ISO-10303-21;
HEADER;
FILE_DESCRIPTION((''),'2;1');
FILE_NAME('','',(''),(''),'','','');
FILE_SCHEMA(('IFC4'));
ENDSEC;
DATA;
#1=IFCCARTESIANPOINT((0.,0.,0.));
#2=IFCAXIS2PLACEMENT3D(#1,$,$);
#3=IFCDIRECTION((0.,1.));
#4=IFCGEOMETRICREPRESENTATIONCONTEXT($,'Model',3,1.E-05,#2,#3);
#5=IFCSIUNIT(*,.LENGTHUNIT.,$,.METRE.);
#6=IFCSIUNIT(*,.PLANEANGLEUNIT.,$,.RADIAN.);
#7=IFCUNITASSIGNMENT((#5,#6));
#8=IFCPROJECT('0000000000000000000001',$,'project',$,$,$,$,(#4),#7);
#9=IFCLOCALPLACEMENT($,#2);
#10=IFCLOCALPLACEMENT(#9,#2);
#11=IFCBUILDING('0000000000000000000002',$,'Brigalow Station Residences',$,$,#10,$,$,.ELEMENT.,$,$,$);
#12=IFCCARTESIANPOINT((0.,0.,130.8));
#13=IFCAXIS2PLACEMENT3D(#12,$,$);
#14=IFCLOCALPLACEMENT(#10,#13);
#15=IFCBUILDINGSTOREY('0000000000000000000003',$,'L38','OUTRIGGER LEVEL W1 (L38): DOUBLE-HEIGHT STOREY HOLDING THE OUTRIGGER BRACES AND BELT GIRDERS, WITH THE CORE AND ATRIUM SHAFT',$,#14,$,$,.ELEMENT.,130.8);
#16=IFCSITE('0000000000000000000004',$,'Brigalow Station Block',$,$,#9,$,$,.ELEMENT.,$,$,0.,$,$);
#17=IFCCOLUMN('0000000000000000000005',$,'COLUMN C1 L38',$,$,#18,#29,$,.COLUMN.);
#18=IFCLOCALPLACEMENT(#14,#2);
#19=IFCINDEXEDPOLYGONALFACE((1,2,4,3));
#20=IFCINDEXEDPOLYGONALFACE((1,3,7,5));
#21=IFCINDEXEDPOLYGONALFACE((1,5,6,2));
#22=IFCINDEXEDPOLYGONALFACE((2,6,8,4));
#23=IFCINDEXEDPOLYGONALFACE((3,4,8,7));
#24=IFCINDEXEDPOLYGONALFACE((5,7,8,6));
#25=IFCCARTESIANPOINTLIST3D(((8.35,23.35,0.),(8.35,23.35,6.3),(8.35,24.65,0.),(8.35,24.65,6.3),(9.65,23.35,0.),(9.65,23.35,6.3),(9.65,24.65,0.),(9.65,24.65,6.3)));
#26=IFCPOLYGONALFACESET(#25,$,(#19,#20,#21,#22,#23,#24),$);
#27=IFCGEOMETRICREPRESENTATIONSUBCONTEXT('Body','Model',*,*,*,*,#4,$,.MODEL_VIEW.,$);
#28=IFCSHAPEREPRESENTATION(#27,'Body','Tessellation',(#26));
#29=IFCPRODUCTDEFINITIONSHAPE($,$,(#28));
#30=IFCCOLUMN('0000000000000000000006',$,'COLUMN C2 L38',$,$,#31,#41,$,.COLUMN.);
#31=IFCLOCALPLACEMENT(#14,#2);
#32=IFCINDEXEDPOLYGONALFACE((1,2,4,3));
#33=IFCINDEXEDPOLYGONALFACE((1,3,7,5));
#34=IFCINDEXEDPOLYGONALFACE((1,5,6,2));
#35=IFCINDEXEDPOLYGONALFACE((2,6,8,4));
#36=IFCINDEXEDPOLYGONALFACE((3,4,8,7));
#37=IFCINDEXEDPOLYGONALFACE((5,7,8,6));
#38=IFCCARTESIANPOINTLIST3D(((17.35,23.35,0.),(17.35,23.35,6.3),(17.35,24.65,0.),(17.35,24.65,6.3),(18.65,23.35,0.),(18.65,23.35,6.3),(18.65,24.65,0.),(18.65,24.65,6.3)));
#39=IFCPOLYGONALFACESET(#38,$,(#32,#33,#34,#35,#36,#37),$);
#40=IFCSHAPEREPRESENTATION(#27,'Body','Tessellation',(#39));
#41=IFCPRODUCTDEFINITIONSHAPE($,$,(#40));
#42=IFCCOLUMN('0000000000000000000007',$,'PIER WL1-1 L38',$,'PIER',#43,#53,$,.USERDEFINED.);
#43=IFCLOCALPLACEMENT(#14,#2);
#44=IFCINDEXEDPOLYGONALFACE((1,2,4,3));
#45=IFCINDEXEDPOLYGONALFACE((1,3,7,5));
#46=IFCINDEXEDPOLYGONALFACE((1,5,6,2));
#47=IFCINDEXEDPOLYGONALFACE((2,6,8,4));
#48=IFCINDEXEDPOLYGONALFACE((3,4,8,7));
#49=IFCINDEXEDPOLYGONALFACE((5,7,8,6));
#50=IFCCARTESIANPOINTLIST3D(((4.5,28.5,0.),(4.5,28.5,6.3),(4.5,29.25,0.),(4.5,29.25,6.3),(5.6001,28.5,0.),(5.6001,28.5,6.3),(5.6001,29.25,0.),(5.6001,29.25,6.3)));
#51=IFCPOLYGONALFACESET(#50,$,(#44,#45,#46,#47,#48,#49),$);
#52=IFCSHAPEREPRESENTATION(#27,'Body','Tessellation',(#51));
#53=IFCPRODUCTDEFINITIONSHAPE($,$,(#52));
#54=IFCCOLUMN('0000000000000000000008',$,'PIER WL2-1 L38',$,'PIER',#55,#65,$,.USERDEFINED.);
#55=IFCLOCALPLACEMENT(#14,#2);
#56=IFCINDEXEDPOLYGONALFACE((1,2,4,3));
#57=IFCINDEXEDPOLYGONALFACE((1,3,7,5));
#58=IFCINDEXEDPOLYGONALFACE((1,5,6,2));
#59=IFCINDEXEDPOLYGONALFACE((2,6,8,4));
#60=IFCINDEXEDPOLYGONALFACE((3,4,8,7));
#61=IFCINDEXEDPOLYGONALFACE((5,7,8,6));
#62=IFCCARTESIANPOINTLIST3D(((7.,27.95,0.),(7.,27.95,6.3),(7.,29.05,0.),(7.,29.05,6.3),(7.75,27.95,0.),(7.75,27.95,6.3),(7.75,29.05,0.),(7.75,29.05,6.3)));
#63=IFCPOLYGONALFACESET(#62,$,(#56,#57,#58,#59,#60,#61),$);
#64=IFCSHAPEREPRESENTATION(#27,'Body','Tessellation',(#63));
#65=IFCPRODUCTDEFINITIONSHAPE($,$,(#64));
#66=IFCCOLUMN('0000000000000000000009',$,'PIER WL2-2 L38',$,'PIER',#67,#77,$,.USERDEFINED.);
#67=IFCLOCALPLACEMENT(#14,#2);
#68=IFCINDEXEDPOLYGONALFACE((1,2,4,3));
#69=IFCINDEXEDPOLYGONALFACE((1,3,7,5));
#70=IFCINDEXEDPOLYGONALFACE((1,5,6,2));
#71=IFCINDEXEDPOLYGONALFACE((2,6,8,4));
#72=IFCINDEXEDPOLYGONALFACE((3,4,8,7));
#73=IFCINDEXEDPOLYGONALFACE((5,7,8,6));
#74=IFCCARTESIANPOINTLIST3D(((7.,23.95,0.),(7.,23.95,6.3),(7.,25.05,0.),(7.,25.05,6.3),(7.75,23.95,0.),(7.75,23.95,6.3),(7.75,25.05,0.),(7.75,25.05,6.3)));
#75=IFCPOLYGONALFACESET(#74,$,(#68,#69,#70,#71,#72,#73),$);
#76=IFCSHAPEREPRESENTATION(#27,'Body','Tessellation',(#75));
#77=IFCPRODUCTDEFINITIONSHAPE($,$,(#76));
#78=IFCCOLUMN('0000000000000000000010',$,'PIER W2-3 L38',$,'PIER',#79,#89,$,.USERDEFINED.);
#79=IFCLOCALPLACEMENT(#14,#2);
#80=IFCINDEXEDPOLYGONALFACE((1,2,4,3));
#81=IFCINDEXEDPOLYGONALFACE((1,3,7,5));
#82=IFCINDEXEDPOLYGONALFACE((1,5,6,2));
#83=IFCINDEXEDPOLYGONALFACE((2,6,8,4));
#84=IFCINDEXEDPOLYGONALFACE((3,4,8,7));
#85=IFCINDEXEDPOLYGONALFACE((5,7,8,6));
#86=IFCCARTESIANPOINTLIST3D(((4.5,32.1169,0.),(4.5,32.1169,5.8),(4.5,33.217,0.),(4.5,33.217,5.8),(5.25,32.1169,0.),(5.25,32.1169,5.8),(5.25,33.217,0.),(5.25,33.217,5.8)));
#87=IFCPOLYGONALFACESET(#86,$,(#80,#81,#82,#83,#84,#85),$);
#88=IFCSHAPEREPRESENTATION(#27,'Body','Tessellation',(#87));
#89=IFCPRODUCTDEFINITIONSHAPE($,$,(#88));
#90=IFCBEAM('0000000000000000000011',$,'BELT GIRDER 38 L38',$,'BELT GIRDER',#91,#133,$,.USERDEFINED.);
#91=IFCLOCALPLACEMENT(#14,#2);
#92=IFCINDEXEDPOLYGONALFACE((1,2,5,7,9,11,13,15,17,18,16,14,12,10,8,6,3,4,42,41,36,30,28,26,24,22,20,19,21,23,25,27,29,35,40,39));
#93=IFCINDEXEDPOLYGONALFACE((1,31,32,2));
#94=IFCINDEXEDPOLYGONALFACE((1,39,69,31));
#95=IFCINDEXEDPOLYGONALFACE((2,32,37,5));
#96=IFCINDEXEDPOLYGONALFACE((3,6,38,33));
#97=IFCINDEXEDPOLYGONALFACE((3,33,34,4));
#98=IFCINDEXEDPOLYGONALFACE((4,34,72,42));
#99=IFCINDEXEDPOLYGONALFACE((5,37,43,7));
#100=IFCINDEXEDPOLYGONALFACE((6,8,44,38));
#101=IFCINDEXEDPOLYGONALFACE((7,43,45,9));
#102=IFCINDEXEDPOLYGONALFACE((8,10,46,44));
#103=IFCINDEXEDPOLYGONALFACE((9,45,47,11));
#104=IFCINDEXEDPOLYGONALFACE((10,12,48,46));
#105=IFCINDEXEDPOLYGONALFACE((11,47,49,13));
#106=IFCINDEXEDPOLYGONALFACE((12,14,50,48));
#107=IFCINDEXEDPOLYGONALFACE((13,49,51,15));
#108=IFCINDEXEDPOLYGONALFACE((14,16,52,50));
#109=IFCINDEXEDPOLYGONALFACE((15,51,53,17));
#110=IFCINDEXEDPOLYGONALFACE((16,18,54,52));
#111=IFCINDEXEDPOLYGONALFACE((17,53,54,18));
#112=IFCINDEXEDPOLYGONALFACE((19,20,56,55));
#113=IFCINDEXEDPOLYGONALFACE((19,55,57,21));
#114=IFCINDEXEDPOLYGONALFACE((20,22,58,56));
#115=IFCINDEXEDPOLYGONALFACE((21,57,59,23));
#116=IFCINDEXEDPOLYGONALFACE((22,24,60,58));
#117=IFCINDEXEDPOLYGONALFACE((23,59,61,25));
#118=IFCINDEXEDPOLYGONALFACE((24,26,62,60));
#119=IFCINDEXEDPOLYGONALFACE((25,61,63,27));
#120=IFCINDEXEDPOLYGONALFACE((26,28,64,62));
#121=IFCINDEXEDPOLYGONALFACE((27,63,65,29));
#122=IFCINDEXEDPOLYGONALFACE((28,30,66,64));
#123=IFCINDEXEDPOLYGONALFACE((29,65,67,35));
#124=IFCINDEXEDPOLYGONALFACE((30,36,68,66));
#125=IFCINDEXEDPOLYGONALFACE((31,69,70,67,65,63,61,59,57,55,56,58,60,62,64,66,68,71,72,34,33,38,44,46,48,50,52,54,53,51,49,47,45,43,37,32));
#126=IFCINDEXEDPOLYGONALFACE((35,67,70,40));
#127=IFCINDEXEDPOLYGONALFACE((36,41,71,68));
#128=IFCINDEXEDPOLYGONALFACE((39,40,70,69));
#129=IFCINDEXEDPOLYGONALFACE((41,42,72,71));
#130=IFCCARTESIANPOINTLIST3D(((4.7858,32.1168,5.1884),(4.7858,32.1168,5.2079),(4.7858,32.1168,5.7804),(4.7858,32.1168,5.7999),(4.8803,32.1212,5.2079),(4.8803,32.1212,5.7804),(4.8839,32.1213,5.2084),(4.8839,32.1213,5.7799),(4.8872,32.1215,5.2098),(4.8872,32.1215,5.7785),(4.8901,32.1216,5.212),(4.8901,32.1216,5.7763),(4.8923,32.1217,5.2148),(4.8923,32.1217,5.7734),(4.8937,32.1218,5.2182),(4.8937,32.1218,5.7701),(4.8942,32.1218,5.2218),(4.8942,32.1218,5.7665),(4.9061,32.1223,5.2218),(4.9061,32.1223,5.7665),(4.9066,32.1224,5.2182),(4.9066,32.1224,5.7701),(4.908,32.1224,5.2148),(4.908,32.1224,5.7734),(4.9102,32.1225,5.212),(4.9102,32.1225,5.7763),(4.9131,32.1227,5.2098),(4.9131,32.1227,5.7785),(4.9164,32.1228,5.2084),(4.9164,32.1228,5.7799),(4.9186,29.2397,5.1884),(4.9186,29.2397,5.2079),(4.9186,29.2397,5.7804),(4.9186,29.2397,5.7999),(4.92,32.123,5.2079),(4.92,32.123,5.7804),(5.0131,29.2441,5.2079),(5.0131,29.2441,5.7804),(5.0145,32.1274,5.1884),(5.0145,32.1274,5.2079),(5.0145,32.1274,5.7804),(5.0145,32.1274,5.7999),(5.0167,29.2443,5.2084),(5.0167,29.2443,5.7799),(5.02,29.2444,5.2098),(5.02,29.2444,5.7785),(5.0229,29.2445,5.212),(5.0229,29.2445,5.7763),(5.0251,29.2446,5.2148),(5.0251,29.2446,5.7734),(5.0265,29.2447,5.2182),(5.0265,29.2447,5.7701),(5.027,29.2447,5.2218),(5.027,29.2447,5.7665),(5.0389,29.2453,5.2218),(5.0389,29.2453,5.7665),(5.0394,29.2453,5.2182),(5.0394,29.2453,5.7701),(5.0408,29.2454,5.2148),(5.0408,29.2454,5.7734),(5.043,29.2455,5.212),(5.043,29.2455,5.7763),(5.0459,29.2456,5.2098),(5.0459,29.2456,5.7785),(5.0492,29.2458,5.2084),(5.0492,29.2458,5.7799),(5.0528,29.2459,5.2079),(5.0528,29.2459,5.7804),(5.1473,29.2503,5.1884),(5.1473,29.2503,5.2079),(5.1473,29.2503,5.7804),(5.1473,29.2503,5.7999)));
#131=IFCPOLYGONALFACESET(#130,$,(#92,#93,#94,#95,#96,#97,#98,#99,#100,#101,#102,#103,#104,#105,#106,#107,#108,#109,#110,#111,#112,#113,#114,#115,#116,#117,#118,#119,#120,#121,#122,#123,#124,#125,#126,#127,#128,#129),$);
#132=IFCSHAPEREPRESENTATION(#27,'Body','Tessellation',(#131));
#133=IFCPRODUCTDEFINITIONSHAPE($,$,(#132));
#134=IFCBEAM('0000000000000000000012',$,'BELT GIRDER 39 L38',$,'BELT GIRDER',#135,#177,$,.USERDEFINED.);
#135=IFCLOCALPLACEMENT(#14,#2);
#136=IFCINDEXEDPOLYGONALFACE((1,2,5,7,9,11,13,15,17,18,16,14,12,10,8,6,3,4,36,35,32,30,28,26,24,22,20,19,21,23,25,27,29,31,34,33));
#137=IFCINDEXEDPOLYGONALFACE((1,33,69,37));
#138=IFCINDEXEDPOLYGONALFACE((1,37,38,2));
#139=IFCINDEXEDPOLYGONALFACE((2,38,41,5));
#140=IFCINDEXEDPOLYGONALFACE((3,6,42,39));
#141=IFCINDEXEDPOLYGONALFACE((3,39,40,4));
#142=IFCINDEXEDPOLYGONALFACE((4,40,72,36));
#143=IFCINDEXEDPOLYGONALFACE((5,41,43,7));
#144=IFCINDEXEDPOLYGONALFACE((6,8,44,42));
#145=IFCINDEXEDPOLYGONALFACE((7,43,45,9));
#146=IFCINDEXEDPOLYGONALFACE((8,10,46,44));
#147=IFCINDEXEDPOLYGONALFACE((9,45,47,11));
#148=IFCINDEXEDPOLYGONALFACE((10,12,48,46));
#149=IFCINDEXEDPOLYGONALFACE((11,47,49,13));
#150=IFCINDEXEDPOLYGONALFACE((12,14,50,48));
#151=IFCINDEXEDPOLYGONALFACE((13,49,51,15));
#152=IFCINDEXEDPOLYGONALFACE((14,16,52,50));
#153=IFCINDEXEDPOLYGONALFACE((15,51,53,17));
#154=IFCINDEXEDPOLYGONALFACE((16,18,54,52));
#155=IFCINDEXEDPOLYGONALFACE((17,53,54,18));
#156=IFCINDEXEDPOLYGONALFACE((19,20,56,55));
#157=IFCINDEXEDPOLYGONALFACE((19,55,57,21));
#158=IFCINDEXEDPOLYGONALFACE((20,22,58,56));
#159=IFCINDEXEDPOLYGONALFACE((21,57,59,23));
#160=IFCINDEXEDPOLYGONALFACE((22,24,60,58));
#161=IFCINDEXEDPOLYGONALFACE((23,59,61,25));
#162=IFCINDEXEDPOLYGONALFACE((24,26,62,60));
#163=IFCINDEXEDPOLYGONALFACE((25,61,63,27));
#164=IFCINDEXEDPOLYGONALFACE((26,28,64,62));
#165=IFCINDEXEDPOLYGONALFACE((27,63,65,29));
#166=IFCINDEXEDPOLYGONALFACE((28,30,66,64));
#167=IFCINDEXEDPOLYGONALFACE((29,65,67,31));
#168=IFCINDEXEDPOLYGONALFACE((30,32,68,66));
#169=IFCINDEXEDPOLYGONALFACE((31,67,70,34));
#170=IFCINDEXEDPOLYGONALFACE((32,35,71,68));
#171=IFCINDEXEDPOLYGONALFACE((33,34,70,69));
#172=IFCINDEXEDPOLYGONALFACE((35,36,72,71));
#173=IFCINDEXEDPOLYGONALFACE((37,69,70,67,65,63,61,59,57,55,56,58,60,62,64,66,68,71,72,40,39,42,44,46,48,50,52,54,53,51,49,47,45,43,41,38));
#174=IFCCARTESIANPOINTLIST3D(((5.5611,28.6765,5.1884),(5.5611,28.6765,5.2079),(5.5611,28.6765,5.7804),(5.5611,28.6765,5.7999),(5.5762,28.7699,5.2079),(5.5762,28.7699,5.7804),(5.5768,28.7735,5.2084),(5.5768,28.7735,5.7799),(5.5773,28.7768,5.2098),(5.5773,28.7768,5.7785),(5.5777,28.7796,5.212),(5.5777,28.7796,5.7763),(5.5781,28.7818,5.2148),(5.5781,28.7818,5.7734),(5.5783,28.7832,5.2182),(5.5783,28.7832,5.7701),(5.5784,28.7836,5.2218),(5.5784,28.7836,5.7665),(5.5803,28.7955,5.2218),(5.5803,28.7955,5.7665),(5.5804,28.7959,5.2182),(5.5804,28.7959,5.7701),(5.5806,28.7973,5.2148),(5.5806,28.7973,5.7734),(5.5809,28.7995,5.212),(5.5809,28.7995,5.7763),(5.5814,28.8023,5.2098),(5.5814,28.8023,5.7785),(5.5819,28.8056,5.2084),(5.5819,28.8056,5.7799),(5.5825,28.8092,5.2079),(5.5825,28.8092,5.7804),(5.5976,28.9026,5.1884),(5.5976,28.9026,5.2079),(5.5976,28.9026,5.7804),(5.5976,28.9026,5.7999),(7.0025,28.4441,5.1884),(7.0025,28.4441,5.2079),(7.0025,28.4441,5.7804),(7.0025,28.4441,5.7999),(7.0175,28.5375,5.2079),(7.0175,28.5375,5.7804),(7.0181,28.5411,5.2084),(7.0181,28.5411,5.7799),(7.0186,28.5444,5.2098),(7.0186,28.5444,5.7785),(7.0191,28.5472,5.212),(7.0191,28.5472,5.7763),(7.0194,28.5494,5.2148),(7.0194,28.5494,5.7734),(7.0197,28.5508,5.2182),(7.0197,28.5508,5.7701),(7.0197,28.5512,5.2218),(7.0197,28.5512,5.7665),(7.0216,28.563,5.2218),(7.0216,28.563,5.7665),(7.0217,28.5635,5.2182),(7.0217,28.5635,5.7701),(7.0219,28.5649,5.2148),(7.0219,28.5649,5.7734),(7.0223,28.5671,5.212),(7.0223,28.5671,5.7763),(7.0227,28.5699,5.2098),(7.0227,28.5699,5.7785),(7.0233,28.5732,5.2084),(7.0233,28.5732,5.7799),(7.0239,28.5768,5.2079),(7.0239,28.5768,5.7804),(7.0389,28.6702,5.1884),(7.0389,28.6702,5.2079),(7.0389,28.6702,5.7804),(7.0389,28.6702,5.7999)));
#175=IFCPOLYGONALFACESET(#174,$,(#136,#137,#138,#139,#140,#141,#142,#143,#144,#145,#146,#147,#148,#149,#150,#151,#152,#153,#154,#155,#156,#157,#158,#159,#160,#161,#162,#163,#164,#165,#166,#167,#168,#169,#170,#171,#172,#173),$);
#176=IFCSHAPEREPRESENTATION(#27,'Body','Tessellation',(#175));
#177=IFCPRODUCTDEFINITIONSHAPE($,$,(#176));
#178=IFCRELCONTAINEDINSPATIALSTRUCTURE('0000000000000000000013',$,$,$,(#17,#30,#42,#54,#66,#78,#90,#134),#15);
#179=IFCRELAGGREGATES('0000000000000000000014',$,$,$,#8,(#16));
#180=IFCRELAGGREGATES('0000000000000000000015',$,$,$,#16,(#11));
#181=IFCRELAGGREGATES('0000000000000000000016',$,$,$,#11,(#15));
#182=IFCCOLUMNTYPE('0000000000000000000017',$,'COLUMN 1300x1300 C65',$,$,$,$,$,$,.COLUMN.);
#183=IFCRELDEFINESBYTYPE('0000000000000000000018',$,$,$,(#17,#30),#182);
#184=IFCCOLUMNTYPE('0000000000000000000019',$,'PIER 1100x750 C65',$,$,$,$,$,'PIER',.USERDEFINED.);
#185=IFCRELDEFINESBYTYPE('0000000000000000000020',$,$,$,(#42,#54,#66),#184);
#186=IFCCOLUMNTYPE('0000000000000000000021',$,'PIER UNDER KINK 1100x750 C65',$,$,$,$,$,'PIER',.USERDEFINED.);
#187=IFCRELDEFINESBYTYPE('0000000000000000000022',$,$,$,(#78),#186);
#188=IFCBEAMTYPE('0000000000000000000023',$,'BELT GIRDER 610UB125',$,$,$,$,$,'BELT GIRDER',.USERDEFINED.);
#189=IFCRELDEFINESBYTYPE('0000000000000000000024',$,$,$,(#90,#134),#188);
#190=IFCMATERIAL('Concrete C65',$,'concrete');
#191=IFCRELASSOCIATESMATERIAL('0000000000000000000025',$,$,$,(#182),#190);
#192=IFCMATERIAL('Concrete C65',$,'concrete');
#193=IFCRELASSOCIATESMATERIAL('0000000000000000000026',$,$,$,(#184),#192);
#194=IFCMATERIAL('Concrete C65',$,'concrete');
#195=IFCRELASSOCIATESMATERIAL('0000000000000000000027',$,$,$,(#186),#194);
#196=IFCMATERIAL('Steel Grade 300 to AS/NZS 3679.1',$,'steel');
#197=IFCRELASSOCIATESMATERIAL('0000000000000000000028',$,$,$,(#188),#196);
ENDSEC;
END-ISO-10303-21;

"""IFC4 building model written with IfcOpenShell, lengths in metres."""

from ifc_helpers import new_model, si_unit, direction, frame, origin, origin_2d, place, context, subcontext, project, spatial, rectangle, i_section, extrude, material, material_profile, profile_set, type_object, element, save


model = new_model("IFC4")

# Units and contexts
model_context = context("Model", 3, precision=1e-05, world=origin(), true_north=direction((0.0, 1.0)))
body_context = subcontext(model_context, "Body", "Model", "MODEL_VIEW")
ifc_project = project(units=[si_unit("LENGTHUNIT", "METRE"), si_unit("PLANEANGLEUNIT", "RADIAN")], contexts=[model_context])

# Site, building, storey
site_placement = place(None, origin())
site = spatial("IfcSite", under=ifc_project, at=site_placement, Name="Brigalow Station Block", CompositionType="ELEMENT", RefElevation=0.0)
building_placement = place(site_placement, origin())
building = spatial("IfcBuilding", under=site, at=building_placement, Name="Brigalow Station Residences", CompositionType="ELEMENT")
storey_placement = place(building_placement, frame((0.0, 0.0, 130.8)))
storey = spatial("IfcBuildingStorey", under=building, at=storey_placement, Name="L38", Description="OUTRIGGER LEVEL W1 (L38): DOUBLE-HEIGHT STOREY HOLDING THE OUTRIGGER BRACES AND BELT GIRDERS, WITH THE CORE AND ATRIUM SHAFT", CompositionType="ELEMENT", Elevation=130.8)

# Columns
ifc_material_1 = material(Name="Concrete C65", Category="concrete")
ifc_material_profile_1 = material_profile(ifc_material_1, rectangle(XDim=1.3, YDim=1.3, at=origin_2d()), Name="RC1300x1300")
ifc_profile_set_1 = profile_set([ifc_material_profile_1], Name="Concrete C65")
column_type_1 = type_object("IfcColumnType", Name="COLUMN 1300x1300 C65", PredefinedType="COLUMN", material=ifc_profile_set_1)
for number, where, z_axis, x_axis, name in (
    (1, (9.0, 24.0, 0.0), (0.0, 0.0, 1.0), (1.0, 0.0, 0.0), "COLUMN C1 L38"),
    (2, (18.0, 24.0, 0.0), (0.0, 0.0, 1.0), (1.0, 0.0, 0.0), "COLUMN C2 L38"),
):
    element("IfcColumn", number, at=place(storey_placement, frame(where, z_axis=z_axis, x_axis=x_axis)), inside=storey, type_object=column_type_1, Name=name, PredefinedType="COLUMN", context=body_context, shape_type="SweptSolid", body=[
        extrude(rectangle(XDim=1.3, YDim=1.3, at=origin_2d()), origin(), (0.0, 0.0, 1.0), 6.3),
    ])
ifc_material_2 = material(Name="Concrete C65", Category="concrete")
ifc_material_profile_2 = material_profile(ifc_material_2, rectangle(XDim=1.1001, YDim=0.75, at=origin_2d()), Name="RC1100x750")
ifc_profile_set_2 = profile_set([ifc_material_profile_2], Name="Concrete C65")
column_type_2 = type_object("IfcColumnType", Name="PIER 1100x750 C65", ElementType="PIER", PredefinedType="USERDEFINED", material=ifc_profile_set_2)
for number, where, z_axis, x_axis, name in (
    (3, (5.05, 28.875, 0.0), (0.0, 0.0, 1.0), (1.0, 0.0, 0.0), "PIER WL1-1 L38"),
    (4, (7.375, 28.5, 0.0), (0.0, 0.0, 1.0), (0.0, -1.0, 0.0), "PIER WL2-1 L38"),
    (5, (7.375, 24.5, 0.0), (0.0, 0.0, 1.0), (0.0, -1.0, 0.0), "PIER WL2-2 L38"),
):
    element("IfcColumn", number, at=place(storey_placement, frame(where, z_axis=z_axis, x_axis=x_axis)), inside=storey, type_object=column_type_2, Name=name, ObjectType="PIER", PredefinedType="USERDEFINED", context=body_context, shape_type="SweptSolid", body=[
        extrude(rectangle(XDim=1.1001, YDim=0.75, at=origin_2d()), origin(), (0.0, 0.0, 1.0), 6.3),
    ])
ifc_material_3 = material(Name="Concrete C65", Category="concrete")
ifc_material_profile_3 = material_profile(ifc_material_3, rectangle(XDim=1.1001, YDim=0.75, at=origin_2d()), Name="RC1100x750")
ifc_profile_set_3 = profile_set([ifc_material_profile_3], Name="Concrete C65")
column_type_3 = type_object("IfcColumnType", Name="PIER UNDER KINK 1100x750 C65", ElementType="PIER", PredefinedType="USERDEFINED", material=ifc_profile_set_3)
column_placement = place(storey_placement, frame((4.875, 32.667, 0.0), z_axis=(0.0, 0.0, 1.0), x_axis=(0.0, -1.0, 0.0)))
element("IfcColumn", 6, at=column_placement, inside=storey, type_object=column_type_3, Name="PIER W2-3 L38", ObjectType="PIER", PredefinedType="USERDEFINED", context=body_context, shape_type="SweptSolid", body=[
    extrude(rectangle(XDim=1.1001, YDim=0.75, at=origin_2d()), origin(), (0.0, 0.0, 1.0), 5.8),
])

# Beams
ifc_material_4 = material(Name="Steel Grade 300 to AS/NZS 3679.1", Category="steel")
ifc_material_profile_4 = material_profile(ifc_material_4, i_section(OverallWidth=0.229, OverallDepth=0.6116, WebThickness=0.012, FlangeThickness=0.0195, FilletRadius=0.0139, at=origin_2d()), Name="610UB125")
ifc_profile_set_4 = profile_set([ifc_material_profile_4], Name="Steel Grade 300 to AS/NZS 3679.1")
beam_type = type_object("IfcBeamType", Name="BELT GIRDER 610UB125", ElementType="BELT GIRDER", PredefinedType="USERDEFINED", material=ifc_profile_set_4)
beam_1_placement = place(storey_placement, frame((4.9001, 32.1221, 5.4941), z_axis=(0.046115, -0.998936, 0.0), x_axis=(0.998936, 0.046115, 0.0)))
element("IfcBeam", 7, at=beam_1_placement, inside=storey, type_object=beam_type, Name="BELT GIRDER 38 L38", ObjectType="BELT GIRDER", PredefinedType="USERDEFINED", context=body_context, shape_type="SweptSolid", body=[
    extrude(i_section(OverallWidth=0.229, OverallDepth=0.6116, WebThickness=0.012, FlangeThickness=0.0195, FilletRadius=0.0139, at=origin_2d()), origin(), (0.0, 0.0, 1.0), 2.8801),
])
beam_2_placement = place(storey_placement, frame((5.5793, 28.7896, 5.4941), z_axis=(0.987248, -0.15919, 0.0), x_axis=(0.15919, 0.987248, 0.0)))
element("IfcBeam", 8, at=beam_2_placement, inside=storey, type_object=beam_type, Name="BELT GIRDER 39 L38", ObjectType="BELT GIRDER", PredefinedType="USERDEFINED", context=body_context, shape_type="SweptSolid", body=[
    extrude(i_section(OverallWidth=0.229, OverallDepth=0.6116, WebThickness=0.012, FlangeThickness=0.0195, FilletRadius=0.0139, at=origin_2d()), origin(), (0.0, 0.0, 1.0), 1.46),
])

save(model, "model.ifc")
